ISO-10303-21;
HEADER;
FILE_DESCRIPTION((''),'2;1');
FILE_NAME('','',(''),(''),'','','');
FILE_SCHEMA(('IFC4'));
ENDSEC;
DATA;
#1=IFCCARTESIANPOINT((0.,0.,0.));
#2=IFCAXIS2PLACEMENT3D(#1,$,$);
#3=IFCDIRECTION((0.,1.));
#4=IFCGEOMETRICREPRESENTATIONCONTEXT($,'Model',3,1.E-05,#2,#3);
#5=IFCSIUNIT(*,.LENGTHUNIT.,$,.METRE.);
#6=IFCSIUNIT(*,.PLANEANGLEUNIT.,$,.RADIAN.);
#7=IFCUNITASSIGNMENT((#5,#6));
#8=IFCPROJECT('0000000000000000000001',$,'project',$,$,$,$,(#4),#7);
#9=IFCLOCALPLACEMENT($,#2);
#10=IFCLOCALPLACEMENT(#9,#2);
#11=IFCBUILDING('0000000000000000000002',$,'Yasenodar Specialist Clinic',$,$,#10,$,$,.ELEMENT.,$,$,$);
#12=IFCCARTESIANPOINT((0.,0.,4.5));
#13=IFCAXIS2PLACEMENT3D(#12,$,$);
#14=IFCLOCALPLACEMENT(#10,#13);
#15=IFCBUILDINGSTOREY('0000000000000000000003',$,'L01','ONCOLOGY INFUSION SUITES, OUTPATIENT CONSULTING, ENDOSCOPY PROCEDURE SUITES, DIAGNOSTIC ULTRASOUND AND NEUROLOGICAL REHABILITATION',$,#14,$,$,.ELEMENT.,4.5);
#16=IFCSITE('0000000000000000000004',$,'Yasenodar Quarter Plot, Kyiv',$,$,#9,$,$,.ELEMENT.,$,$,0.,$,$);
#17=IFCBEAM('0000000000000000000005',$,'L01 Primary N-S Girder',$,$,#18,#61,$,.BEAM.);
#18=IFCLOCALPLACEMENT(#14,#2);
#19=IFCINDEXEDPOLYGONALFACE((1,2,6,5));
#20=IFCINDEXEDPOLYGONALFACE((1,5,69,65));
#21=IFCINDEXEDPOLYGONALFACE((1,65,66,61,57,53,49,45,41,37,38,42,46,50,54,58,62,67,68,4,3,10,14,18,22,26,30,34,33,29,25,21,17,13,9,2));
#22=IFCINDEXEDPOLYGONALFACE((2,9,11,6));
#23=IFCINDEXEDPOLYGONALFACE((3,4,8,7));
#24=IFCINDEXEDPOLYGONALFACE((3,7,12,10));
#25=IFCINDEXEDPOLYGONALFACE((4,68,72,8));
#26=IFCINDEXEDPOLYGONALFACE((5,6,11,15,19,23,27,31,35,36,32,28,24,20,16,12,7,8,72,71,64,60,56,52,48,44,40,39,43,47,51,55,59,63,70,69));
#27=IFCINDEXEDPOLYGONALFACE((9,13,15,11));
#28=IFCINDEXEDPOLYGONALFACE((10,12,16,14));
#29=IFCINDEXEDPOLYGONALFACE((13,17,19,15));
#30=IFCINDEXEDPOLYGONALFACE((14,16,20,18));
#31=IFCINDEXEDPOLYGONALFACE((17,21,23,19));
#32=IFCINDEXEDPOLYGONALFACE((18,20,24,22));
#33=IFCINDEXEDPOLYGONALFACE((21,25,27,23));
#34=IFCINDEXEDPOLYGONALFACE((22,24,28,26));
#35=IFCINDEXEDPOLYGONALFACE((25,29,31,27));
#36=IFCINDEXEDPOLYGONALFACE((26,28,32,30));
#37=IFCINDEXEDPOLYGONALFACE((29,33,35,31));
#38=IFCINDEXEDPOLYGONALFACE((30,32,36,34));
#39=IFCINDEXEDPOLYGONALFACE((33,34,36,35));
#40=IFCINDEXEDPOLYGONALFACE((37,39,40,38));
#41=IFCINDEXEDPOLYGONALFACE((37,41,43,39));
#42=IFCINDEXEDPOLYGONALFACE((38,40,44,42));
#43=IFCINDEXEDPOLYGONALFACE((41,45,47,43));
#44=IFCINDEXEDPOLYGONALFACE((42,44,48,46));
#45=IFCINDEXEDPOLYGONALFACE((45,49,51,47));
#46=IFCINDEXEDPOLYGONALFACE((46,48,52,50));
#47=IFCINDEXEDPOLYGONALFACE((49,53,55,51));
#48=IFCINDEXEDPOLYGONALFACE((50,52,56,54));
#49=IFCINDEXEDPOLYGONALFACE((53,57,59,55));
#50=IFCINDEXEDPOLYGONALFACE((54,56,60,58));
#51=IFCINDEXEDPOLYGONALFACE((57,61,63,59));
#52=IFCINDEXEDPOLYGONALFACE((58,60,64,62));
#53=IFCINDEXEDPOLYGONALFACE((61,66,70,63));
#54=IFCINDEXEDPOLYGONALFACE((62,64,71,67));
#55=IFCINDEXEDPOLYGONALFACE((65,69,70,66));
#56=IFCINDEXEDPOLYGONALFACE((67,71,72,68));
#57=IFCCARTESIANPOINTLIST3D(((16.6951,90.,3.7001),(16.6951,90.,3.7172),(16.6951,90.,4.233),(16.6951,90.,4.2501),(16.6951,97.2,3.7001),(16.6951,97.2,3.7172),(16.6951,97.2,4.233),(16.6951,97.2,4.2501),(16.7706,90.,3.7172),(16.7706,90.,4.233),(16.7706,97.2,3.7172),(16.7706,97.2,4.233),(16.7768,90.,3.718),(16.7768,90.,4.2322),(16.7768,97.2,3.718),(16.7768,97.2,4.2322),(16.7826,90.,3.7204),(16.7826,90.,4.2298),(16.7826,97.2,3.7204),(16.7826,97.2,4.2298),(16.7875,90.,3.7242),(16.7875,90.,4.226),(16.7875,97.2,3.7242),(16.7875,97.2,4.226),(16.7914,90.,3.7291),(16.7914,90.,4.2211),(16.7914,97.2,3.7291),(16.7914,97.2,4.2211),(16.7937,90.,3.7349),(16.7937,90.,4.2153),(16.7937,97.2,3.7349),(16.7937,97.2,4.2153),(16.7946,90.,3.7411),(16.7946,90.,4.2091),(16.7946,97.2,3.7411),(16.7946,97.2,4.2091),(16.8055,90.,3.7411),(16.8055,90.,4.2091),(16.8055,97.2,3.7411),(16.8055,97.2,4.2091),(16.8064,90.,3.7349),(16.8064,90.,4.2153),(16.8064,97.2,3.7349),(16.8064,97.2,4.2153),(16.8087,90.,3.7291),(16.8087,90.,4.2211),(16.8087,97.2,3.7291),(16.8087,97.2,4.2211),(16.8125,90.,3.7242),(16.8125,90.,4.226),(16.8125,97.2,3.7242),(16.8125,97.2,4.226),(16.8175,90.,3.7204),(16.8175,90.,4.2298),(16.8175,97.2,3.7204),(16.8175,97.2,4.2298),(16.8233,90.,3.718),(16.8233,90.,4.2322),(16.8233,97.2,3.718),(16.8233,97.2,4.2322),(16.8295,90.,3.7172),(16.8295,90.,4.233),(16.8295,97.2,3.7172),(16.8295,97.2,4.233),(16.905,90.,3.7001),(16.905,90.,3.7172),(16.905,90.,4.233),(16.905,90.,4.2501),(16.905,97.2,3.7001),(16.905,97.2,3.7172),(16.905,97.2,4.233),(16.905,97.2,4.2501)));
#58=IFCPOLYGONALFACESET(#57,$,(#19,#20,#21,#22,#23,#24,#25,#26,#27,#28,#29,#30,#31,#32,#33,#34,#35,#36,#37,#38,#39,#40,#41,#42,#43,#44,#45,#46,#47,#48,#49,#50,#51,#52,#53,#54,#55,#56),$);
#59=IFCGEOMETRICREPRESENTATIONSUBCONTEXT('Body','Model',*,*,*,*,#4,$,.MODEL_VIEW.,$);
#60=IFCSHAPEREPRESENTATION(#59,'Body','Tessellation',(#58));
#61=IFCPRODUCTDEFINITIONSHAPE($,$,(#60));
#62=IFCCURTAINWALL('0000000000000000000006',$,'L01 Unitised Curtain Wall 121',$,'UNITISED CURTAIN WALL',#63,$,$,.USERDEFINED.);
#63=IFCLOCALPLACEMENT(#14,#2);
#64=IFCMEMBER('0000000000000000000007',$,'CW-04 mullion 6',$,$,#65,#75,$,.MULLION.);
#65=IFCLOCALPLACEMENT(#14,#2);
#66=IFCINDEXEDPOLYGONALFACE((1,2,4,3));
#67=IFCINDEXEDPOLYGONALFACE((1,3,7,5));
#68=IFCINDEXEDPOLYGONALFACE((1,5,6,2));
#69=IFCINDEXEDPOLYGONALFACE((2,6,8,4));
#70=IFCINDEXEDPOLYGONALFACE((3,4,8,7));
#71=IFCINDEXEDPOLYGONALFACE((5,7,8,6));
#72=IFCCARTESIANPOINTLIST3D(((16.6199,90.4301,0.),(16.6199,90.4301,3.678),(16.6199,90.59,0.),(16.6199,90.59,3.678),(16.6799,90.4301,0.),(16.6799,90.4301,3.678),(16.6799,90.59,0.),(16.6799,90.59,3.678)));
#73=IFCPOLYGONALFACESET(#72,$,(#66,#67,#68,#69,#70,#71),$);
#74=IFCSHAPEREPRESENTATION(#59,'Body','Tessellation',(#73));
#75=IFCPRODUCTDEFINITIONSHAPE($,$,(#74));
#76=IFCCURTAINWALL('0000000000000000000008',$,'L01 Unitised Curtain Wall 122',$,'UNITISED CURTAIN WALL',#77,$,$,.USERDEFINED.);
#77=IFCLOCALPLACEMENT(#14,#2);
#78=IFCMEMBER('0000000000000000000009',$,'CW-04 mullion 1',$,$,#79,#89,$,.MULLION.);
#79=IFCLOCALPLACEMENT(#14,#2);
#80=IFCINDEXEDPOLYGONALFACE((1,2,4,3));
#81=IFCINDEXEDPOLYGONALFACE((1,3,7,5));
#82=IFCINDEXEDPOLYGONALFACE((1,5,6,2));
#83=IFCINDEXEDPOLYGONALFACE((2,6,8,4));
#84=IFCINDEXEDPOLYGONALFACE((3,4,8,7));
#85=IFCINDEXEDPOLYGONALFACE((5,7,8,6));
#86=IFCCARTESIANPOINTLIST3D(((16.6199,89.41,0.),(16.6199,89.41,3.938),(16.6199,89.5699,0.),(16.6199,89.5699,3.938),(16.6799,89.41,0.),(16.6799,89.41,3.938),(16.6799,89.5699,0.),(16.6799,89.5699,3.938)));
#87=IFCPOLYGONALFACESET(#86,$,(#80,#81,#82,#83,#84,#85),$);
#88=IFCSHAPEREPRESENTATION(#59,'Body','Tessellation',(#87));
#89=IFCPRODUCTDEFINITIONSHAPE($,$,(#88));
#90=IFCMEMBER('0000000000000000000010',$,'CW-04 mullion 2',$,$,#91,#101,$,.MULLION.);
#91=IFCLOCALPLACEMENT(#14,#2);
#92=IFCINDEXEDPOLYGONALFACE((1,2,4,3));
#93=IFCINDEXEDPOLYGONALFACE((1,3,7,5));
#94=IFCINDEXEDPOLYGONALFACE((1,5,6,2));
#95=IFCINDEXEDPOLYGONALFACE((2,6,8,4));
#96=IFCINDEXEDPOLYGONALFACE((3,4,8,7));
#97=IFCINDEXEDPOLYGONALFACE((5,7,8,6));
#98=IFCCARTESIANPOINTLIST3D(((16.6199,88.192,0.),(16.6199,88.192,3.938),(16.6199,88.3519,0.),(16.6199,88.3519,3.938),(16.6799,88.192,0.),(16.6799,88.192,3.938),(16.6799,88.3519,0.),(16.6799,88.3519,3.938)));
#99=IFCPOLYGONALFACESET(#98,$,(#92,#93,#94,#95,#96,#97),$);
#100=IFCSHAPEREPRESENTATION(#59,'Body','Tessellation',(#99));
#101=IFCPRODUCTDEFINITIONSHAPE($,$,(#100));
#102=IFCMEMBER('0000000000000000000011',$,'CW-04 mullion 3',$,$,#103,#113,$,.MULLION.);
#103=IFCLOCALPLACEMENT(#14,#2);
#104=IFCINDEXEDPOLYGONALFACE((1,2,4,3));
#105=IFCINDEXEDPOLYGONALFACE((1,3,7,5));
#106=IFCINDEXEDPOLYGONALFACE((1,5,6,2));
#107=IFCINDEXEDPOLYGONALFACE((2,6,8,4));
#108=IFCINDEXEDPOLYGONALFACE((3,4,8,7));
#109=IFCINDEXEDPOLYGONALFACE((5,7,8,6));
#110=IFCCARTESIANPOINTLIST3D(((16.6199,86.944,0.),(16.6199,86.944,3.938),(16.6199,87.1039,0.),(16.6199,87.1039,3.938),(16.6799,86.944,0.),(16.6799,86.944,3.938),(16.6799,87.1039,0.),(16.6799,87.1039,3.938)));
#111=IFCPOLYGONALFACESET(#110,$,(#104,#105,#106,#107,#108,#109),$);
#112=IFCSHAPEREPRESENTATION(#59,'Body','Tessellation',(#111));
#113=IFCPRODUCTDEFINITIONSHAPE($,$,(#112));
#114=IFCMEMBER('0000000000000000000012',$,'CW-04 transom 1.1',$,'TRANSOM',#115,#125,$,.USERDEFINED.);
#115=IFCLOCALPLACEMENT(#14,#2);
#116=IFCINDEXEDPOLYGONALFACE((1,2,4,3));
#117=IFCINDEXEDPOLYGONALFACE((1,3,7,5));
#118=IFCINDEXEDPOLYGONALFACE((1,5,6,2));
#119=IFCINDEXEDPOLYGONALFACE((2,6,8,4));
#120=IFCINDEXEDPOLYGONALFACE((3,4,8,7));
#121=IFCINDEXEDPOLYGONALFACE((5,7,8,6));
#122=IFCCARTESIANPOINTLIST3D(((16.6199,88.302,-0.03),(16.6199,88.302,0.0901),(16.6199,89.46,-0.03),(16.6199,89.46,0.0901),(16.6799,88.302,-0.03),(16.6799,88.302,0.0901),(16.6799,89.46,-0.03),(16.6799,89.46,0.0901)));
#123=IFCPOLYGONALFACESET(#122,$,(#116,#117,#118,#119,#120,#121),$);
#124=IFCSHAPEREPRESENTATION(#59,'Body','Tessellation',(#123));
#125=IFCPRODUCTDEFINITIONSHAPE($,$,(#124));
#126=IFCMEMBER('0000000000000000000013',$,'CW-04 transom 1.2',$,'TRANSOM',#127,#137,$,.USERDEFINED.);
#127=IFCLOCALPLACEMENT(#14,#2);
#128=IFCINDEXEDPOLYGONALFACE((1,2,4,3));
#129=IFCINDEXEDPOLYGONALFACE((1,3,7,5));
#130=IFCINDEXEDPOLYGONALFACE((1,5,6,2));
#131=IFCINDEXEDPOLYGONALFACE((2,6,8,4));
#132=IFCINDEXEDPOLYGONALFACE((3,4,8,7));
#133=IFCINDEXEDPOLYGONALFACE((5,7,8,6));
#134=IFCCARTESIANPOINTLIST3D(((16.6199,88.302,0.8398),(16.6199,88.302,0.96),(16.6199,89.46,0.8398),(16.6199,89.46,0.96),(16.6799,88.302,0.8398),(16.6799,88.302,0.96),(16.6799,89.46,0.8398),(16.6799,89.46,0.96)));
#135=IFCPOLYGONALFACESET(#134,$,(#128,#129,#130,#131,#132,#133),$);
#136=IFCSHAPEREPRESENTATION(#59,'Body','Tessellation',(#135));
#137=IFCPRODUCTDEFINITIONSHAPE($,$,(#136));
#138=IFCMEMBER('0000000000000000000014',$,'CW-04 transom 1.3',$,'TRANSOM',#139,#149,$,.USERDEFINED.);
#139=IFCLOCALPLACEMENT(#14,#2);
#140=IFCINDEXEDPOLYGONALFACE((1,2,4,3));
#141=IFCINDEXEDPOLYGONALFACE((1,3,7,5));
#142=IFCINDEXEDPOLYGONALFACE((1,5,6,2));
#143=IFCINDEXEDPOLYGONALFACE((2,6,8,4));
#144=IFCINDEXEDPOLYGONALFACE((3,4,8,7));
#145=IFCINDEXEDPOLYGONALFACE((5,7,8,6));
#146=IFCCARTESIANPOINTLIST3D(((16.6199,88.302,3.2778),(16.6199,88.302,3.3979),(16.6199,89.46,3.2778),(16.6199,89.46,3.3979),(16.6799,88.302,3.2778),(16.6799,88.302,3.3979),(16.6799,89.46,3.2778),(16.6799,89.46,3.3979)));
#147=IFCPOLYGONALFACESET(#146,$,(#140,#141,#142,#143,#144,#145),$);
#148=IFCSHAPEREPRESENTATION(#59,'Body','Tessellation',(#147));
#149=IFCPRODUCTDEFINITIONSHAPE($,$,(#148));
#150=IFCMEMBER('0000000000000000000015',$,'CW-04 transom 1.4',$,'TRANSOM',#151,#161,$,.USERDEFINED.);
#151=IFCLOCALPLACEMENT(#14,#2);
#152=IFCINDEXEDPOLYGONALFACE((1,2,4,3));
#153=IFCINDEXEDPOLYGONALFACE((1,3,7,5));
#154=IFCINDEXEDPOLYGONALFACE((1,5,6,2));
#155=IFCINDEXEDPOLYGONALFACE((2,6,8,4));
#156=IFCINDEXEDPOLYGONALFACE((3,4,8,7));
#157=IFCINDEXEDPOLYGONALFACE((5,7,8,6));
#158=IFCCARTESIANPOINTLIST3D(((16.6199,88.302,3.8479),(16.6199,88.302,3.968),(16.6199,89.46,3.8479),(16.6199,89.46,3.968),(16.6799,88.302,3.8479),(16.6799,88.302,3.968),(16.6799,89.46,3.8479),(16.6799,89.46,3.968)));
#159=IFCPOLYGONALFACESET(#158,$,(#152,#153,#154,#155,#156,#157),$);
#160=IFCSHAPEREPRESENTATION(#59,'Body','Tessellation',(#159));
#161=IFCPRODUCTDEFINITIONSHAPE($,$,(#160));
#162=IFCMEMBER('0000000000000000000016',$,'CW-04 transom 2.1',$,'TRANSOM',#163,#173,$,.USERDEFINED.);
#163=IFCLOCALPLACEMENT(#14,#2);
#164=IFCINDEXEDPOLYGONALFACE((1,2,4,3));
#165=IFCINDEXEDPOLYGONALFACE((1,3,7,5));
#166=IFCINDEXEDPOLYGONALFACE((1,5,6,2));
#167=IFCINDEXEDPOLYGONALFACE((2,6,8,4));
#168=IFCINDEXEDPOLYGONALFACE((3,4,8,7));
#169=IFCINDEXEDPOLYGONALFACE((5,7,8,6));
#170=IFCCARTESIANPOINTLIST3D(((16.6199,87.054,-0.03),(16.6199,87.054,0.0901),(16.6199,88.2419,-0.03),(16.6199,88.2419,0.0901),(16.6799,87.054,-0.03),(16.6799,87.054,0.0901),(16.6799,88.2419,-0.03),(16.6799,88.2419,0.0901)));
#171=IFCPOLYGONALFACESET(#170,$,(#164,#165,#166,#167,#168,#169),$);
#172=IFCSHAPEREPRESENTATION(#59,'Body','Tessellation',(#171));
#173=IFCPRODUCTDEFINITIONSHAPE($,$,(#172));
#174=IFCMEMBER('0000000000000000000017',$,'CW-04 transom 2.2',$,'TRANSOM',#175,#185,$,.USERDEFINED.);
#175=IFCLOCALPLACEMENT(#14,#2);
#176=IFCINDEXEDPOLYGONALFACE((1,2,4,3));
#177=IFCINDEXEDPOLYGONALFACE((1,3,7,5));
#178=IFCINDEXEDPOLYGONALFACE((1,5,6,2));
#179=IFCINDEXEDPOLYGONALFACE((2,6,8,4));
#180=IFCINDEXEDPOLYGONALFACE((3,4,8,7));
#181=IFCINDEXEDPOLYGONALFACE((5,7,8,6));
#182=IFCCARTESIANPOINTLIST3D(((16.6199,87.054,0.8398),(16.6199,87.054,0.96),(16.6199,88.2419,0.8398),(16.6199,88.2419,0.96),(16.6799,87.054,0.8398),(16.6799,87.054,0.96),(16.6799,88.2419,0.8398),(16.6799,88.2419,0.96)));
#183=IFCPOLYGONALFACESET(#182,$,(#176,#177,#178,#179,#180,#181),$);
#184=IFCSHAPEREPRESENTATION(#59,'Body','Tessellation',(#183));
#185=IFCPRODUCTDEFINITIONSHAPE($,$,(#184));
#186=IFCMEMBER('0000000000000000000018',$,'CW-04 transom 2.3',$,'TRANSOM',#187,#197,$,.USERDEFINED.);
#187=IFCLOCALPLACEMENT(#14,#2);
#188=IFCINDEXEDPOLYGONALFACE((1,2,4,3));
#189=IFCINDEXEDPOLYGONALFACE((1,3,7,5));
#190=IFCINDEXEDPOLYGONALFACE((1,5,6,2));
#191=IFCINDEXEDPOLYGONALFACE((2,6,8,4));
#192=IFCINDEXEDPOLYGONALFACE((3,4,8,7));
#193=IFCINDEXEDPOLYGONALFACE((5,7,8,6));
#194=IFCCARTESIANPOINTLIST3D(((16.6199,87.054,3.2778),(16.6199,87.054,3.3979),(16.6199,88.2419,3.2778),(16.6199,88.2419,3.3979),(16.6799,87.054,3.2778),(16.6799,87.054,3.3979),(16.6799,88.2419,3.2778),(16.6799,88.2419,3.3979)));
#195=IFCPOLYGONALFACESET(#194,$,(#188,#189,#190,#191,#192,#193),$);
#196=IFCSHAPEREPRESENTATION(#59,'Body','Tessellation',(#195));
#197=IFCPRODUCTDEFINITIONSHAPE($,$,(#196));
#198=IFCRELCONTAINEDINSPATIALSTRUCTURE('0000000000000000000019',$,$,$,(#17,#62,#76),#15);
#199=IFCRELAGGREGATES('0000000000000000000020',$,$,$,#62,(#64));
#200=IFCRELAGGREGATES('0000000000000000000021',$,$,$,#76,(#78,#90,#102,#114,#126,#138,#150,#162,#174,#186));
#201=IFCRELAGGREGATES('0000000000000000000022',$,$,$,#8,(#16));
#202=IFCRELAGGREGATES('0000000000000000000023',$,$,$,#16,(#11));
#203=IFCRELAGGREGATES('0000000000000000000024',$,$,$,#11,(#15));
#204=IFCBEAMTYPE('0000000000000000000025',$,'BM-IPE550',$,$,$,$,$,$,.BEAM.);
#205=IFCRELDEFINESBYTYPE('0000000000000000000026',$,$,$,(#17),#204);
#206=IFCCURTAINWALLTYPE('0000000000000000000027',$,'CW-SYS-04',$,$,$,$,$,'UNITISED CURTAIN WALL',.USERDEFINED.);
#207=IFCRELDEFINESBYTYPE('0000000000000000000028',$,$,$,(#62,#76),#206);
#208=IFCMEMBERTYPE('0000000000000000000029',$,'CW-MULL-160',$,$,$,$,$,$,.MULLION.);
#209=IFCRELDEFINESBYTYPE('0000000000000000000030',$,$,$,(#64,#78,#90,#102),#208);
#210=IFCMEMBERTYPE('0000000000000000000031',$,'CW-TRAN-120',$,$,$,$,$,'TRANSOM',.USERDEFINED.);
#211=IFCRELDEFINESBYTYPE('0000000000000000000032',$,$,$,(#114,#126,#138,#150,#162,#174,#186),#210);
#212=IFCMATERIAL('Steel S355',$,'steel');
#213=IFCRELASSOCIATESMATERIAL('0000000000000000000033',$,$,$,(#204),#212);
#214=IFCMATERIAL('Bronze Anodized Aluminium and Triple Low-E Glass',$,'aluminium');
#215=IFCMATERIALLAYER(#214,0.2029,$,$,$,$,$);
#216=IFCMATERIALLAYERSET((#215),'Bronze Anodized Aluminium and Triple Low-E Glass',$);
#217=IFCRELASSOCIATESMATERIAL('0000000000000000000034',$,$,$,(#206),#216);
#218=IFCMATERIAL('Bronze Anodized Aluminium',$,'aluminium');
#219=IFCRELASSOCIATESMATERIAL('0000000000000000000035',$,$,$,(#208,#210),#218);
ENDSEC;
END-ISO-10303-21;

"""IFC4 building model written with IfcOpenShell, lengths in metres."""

from ifc_helpers import new_model, si_unit, direction, frame, origin, origin_2d, place, context, subcontext, project, spatial, rectangle, i_section, extrude, material, layer, layer_set, material_profile, profile_set, type_object, element, aggregate, save


model = new_model("IFC4")

# Units and contexts
model_context = context("Model", 3, precision=1e-05, world=origin(), true_north=direction((0.0, 1.0)))
body_context = subcontext(model_context, "Body", "Model", "MODEL_VIEW")
ifc_project = project(units=[si_unit("LENGTHUNIT", "METRE"), si_unit("PLANEANGLEUNIT", "RADIAN")], contexts=[model_context])

# Site, building, storey
site_placement = place(None, origin())
site = spatial("IfcSite", under=ifc_project, at=site_placement, Name="Yasenodar Quarter Plot, Kyiv", CompositionType="ELEMENT", RefElevation=0.0)
building_placement = place(site_placement, origin())
building = spatial("IfcBuilding", under=site, at=building_placement, Name="Yasenodar Specialist Clinic", CompositionType="ELEMENT")
storey_placement = place(building_placement, frame((0.0, 0.0, 4.5)))
storey = spatial("IfcBuildingStorey", under=building, at=storey_placement, Name="L01", Description="ONCOLOGY INFUSION SUITES, OUTPATIENT CONSULTING, ENDOSCOPY PROCEDURE SUITES, DIAGNOSTIC ULTRASOUND AND NEUROLOGICAL REHABILITATION", CompositionType="ELEMENT", Elevation=4.5)

# Shared definitions
ifc_material_1 = material(Name="Steel S355", Category="steel")

# Beam
ifc_material_profile_1 = material_profile(ifc_material_1, i_section(OverallWidth=0.21, OverallDepth=0.55, WebThickness=0.011, FlangeThickness=0.0171, FilletRadius=0.0239, at=origin_2d()), Name="IPE 550")
ifc_profile_set_1 = profile_set([ifc_material_profile_1], Name="Steel S355")
beam_type_1 = type_object("IfcBeamType", Name="BM-IPE550", PredefinedType="BEAM", material=ifc_profile_set_1)
beam_1_placement = place(storey_placement, frame((16.8, 90.0, 3.9751), z_axis=(0.0, 1.0, 0.0), x_axis=(-1.0, 0.0, 0.0)))
element("IfcBeam", 1, at=beam_1_placement, inside=storey, type_object=beam_type_1, Name="L01 Primary N-S Girder", PredefinedType="BEAM", context=body_context, shape_type="SweptSolid", body=[
    extrude(i_section(OverallWidth=0.21, OverallDepth=0.55, WebThickness=0.011, FlangeThickness=0.0171, FilletRadius=0.0239, at=origin_2d()), origin(), (0.0, 0.0, 1.0), 7.2),
])

# Curtain wall, member
ifc_material_2 = material(Name="Bronze Anodized Aluminium and Triple Low-E Glass", Category="aluminium")
ifc_layer_1 = layer(ifc_material_2, 0.2029)
ifc_layer_set_1 = layer_set([ifc_layer_1], Name="Bronze Anodized Aluminium and Triple Low-E Glass")
curtain_wall_type = type_object("IfcCurtainWallType", Name="CW-SYS-04", ElementType="UNITISED CURTAIN WALL", PredefinedType="USERDEFINED", material=ifc_layer_set_1)
curtain_wall_1_placement = place(storey_placement, origin())
curtain_wall_1 = element("IfcCurtainWall", 2, at=curtain_wall_1_placement, inside=storey, type_object=curtain_wall_type, Name="L01 Unitised Curtain Wall 121", ObjectType="UNITISED CURTAIN WALL", PredefinedType="USERDEFINED")
ifc_material_3 = material(Name="Bronze Anodized Aluminium", Category="aluminium")
ifc_material_profile_2 = material_profile(ifc_material_3, rectangle(XDim=0.0601, YDim=0.1599, at=origin_2d()), Name="CW-MULL 60x160")
ifc_profile_set_2 = profile_set([ifc_material_profile_2], Name="Bronze Anodized Aluminium")
member_type_1 = type_object("IfcMemberType", Name="CW-MULL-160", PredefinedType="MULLION", material=ifc_profile_set_2)
member_1_placement = place(storey_placement, frame((16.6499, 90.51, 0.0), z_axis=(0.0, 0.0, 1.0), x_axis=(1.0, 0.0, 0.0)))
member_1 = element("IfcMember", 3, at=member_1_placement, type_object=member_type_1, Name="CW-04 mullion 6", PredefinedType="MULLION", context=body_context, shape_type="SweptSolid", body=[
    extrude(rectangle(XDim=0.0601, YDim=0.1599, at=origin_2d()), origin(), (0.0, 0.0, 1.0), 3.678),
])

# Curtain wall, members
curtain_wall_2_placement = place(storey_placement, origin())
curtain_wall_2 = element("IfcCurtainWall", 4, at=curtain_wall_2_placement, inside=storey, type_object=curtain_wall_type, Name="L01 Unitised Curtain Wall 122", ObjectType="UNITISED CURTAIN WALL", PredefinedType="USERDEFINED")
member_2_placement = place(storey_placement, frame((16.6499, 89.49, 0.0), z_axis=(0.0, 0.0, 1.0), x_axis=(1.0, 0.0, 0.0)))
member_2 = element("IfcMember", 5, at=member_2_placement, type_object=member_type_1, Name="CW-04 mullion 1", PredefinedType="MULLION", context=body_context, shape_type="SweptSolid", body=[
    extrude(rectangle(XDim=0.0601, YDim=0.1599, at=origin_2d()), origin(), (0.0, 0.0, 1.0), 3.938),
])
member_3_placement = place(storey_placement, frame((16.6499, 88.272, 0.0), z_axis=(0.0, 0.0, 1.0), x_axis=(1.0, 0.0, 0.0)))
member_3 = element("IfcMember", 6, at=member_3_placement, type_object=member_type_1, Name="CW-04 mullion 2", PredefinedType="MULLION", context=body_context, shape_type="SweptSolid", body=[
    extrude(rectangle(XDim=0.0601, YDim=0.1599, at=origin_2d()), origin(), (0.0, 0.0, 1.0), 3.938),
])
member_4_placement = place(storey_placement, frame((16.6499, 87.0239, 0.0), z_axis=(0.0, 0.0, 1.0), x_axis=(1.0, 0.0, 0.0)))
member_4 = element("IfcMember", 7, at=member_4_placement, type_object=member_type_1, Name="CW-04 mullion 3", PredefinedType="MULLION", context=body_context, shape_type="SweptSolid", body=[
    extrude(rectangle(XDim=0.0601, YDim=0.1599, at=origin_2d()), origin(), (0.0, 0.0, 1.0), 3.938),
])
ifc_material_profile_3 = material_profile(ifc_material_3, rectangle(XDim=0.0601, YDim=0.1201, at=origin_2d()), Name="CW-TRAN 60x120")
ifc_profile_set_3 = profile_set([ifc_material_profile_3], Name="Bronze Anodized Aluminium")
member_type_2 = type_object("IfcMemberType", Name="CW-TRAN-120", ElementType="TRANSOM", PredefinedType="USERDEFINED", material=ifc_profile_set_3)
member_5_placement = place(storey_placement, frame((16.6499, 89.46, 0.03), z_axis=(0.0, -1.0, 0.0), x_axis=(1.0, 0.0, 0.0)))
member_5 = element("IfcMember", 8, at=member_5_placement, type_object=member_type_2, Name="CW-04 transom 1.1", ObjectType="TRANSOM", PredefinedType="USERDEFINED", context=body_context, shape_type="SweptSolid", body=[
    extrude(rectangle(XDim=0.0601, YDim=0.1201, at=origin_2d()), origin(), (0.0, 0.0, 1.0), 1.158),
])
member_6_placement = place(storey_placement, frame((16.6499, 89.46, 0.8999), z_axis=(0.0, -1.0, 0.0), x_axis=(1.0, 0.0, 0.0)))
member_6 = element("IfcMember", 9, at=member_6_placement, type_object=member_type_2, Name="CW-04 transom 1.2", ObjectType="TRANSOM", PredefinedType="USERDEFINED", context=body_context, shape_type="SweptSolid", body=[
    extrude(rectangle(XDim=0.0601, YDim=0.1201, at=origin_2d()), origin(), (0.0, 0.0, 1.0), 1.158),
])
member_7_placement = place(storey_placement, frame((16.6499, 89.46, 3.3379), z_axis=(0.0, -1.0, 0.0), x_axis=(1.0, 0.0, 0.0)))
member_7 = element("IfcMember", 10, at=member_7_placement, type_object=member_type_2, Name="CW-04 transom 1.3", ObjectType="TRANSOM", PredefinedType="USERDEFINED", context=body_context, shape_type="SweptSolid", body=[
    extrude(rectangle(XDim=0.0601, YDim=0.1201, at=origin_2d()), origin(), (0.0, 0.0, 1.0), 1.158),
])
member_8_placement = place(storey_placement, frame((16.6499, 89.46, 3.908), z_axis=(0.0, -1.0, 0.0), x_axis=(1.0, 0.0, 0.0)))
member_8 = element("IfcMember", 11, at=member_8_placement, type_object=member_type_2, Name="CW-04 transom 1.4", ObjectType="TRANSOM", PredefinedType="USERDEFINED", context=body_context, shape_type="SweptSolid", body=[
    extrude(rectangle(XDim=0.0601, YDim=0.1201, at=origin_2d()), origin(), (0.0, 0.0, 1.0), 1.158),
])
member_9_placement = place(storey_placement, frame((16.6499, 88.2419, 0.03), z_axis=(0.0, -1.0, 0.0), x_axis=(1.0, 0.0, 0.0)))
member_9 = element("IfcMember", 12, at=member_9_placement, type_object=member_type_2, Name="CW-04 transom 2.1", ObjectType="TRANSOM", PredefinedType="USERDEFINED", context=body_context, shape_type="SweptSolid", body=[
    extrude(rectangle(XDim=0.0601, YDim=0.1201, at=origin_2d()), origin(), (0.0, 0.0, 1.0), 1.188),
])
member_10_placement = place(storey_placement, frame((16.6499, 88.2419, 0.8999), z_axis=(0.0, -1.0, 0.0), x_axis=(1.0, 0.0, 0.0)))
member_10 = element("IfcMember", 13, at=member_10_placement, type_object=member_type_2, Name="CW-04 transom 2.2", ObjectType="TRANSOM", PredefinedType="USERDEFINED", context=body_context, shape_type="SweptSolid", body=[
    extrude(rectangle(XDim=0.0601, YDim=0.1201, at=origin_2d()), origin(), (0.0, 0.0, 1.0), 1.188),
])
member_11_placement = place(storey_placement, frame((16.6499, 88.2419, 3.3379), z_axis=(0.0, -1.0, 0.0), x_axis=(1.0, 0.0, 0.0)))
member_11 = element("IfcMember", 14, at=member_11_placement, type_object=member_type_2, Name="CW-04 transom 2.3", ObjectType="TRANSOM", PredefinedType="USERDEFINED", context=body_context, shape_type="SweptSolid", body=[
    extrude(rectangle(XDim=0.0601, YDim=0.1201, at=origin_2d()), origin(), (0.0, 0.0, 1.0), 1.188),
])

aggregate(curtain_wall_1, [member_1])
aggregate(curtain_wall_2, [member_2, member_3, member_4, member_5, member_6, member_7, member_8, member_9, member_10, member_11])

save(model, "model.ifc")
